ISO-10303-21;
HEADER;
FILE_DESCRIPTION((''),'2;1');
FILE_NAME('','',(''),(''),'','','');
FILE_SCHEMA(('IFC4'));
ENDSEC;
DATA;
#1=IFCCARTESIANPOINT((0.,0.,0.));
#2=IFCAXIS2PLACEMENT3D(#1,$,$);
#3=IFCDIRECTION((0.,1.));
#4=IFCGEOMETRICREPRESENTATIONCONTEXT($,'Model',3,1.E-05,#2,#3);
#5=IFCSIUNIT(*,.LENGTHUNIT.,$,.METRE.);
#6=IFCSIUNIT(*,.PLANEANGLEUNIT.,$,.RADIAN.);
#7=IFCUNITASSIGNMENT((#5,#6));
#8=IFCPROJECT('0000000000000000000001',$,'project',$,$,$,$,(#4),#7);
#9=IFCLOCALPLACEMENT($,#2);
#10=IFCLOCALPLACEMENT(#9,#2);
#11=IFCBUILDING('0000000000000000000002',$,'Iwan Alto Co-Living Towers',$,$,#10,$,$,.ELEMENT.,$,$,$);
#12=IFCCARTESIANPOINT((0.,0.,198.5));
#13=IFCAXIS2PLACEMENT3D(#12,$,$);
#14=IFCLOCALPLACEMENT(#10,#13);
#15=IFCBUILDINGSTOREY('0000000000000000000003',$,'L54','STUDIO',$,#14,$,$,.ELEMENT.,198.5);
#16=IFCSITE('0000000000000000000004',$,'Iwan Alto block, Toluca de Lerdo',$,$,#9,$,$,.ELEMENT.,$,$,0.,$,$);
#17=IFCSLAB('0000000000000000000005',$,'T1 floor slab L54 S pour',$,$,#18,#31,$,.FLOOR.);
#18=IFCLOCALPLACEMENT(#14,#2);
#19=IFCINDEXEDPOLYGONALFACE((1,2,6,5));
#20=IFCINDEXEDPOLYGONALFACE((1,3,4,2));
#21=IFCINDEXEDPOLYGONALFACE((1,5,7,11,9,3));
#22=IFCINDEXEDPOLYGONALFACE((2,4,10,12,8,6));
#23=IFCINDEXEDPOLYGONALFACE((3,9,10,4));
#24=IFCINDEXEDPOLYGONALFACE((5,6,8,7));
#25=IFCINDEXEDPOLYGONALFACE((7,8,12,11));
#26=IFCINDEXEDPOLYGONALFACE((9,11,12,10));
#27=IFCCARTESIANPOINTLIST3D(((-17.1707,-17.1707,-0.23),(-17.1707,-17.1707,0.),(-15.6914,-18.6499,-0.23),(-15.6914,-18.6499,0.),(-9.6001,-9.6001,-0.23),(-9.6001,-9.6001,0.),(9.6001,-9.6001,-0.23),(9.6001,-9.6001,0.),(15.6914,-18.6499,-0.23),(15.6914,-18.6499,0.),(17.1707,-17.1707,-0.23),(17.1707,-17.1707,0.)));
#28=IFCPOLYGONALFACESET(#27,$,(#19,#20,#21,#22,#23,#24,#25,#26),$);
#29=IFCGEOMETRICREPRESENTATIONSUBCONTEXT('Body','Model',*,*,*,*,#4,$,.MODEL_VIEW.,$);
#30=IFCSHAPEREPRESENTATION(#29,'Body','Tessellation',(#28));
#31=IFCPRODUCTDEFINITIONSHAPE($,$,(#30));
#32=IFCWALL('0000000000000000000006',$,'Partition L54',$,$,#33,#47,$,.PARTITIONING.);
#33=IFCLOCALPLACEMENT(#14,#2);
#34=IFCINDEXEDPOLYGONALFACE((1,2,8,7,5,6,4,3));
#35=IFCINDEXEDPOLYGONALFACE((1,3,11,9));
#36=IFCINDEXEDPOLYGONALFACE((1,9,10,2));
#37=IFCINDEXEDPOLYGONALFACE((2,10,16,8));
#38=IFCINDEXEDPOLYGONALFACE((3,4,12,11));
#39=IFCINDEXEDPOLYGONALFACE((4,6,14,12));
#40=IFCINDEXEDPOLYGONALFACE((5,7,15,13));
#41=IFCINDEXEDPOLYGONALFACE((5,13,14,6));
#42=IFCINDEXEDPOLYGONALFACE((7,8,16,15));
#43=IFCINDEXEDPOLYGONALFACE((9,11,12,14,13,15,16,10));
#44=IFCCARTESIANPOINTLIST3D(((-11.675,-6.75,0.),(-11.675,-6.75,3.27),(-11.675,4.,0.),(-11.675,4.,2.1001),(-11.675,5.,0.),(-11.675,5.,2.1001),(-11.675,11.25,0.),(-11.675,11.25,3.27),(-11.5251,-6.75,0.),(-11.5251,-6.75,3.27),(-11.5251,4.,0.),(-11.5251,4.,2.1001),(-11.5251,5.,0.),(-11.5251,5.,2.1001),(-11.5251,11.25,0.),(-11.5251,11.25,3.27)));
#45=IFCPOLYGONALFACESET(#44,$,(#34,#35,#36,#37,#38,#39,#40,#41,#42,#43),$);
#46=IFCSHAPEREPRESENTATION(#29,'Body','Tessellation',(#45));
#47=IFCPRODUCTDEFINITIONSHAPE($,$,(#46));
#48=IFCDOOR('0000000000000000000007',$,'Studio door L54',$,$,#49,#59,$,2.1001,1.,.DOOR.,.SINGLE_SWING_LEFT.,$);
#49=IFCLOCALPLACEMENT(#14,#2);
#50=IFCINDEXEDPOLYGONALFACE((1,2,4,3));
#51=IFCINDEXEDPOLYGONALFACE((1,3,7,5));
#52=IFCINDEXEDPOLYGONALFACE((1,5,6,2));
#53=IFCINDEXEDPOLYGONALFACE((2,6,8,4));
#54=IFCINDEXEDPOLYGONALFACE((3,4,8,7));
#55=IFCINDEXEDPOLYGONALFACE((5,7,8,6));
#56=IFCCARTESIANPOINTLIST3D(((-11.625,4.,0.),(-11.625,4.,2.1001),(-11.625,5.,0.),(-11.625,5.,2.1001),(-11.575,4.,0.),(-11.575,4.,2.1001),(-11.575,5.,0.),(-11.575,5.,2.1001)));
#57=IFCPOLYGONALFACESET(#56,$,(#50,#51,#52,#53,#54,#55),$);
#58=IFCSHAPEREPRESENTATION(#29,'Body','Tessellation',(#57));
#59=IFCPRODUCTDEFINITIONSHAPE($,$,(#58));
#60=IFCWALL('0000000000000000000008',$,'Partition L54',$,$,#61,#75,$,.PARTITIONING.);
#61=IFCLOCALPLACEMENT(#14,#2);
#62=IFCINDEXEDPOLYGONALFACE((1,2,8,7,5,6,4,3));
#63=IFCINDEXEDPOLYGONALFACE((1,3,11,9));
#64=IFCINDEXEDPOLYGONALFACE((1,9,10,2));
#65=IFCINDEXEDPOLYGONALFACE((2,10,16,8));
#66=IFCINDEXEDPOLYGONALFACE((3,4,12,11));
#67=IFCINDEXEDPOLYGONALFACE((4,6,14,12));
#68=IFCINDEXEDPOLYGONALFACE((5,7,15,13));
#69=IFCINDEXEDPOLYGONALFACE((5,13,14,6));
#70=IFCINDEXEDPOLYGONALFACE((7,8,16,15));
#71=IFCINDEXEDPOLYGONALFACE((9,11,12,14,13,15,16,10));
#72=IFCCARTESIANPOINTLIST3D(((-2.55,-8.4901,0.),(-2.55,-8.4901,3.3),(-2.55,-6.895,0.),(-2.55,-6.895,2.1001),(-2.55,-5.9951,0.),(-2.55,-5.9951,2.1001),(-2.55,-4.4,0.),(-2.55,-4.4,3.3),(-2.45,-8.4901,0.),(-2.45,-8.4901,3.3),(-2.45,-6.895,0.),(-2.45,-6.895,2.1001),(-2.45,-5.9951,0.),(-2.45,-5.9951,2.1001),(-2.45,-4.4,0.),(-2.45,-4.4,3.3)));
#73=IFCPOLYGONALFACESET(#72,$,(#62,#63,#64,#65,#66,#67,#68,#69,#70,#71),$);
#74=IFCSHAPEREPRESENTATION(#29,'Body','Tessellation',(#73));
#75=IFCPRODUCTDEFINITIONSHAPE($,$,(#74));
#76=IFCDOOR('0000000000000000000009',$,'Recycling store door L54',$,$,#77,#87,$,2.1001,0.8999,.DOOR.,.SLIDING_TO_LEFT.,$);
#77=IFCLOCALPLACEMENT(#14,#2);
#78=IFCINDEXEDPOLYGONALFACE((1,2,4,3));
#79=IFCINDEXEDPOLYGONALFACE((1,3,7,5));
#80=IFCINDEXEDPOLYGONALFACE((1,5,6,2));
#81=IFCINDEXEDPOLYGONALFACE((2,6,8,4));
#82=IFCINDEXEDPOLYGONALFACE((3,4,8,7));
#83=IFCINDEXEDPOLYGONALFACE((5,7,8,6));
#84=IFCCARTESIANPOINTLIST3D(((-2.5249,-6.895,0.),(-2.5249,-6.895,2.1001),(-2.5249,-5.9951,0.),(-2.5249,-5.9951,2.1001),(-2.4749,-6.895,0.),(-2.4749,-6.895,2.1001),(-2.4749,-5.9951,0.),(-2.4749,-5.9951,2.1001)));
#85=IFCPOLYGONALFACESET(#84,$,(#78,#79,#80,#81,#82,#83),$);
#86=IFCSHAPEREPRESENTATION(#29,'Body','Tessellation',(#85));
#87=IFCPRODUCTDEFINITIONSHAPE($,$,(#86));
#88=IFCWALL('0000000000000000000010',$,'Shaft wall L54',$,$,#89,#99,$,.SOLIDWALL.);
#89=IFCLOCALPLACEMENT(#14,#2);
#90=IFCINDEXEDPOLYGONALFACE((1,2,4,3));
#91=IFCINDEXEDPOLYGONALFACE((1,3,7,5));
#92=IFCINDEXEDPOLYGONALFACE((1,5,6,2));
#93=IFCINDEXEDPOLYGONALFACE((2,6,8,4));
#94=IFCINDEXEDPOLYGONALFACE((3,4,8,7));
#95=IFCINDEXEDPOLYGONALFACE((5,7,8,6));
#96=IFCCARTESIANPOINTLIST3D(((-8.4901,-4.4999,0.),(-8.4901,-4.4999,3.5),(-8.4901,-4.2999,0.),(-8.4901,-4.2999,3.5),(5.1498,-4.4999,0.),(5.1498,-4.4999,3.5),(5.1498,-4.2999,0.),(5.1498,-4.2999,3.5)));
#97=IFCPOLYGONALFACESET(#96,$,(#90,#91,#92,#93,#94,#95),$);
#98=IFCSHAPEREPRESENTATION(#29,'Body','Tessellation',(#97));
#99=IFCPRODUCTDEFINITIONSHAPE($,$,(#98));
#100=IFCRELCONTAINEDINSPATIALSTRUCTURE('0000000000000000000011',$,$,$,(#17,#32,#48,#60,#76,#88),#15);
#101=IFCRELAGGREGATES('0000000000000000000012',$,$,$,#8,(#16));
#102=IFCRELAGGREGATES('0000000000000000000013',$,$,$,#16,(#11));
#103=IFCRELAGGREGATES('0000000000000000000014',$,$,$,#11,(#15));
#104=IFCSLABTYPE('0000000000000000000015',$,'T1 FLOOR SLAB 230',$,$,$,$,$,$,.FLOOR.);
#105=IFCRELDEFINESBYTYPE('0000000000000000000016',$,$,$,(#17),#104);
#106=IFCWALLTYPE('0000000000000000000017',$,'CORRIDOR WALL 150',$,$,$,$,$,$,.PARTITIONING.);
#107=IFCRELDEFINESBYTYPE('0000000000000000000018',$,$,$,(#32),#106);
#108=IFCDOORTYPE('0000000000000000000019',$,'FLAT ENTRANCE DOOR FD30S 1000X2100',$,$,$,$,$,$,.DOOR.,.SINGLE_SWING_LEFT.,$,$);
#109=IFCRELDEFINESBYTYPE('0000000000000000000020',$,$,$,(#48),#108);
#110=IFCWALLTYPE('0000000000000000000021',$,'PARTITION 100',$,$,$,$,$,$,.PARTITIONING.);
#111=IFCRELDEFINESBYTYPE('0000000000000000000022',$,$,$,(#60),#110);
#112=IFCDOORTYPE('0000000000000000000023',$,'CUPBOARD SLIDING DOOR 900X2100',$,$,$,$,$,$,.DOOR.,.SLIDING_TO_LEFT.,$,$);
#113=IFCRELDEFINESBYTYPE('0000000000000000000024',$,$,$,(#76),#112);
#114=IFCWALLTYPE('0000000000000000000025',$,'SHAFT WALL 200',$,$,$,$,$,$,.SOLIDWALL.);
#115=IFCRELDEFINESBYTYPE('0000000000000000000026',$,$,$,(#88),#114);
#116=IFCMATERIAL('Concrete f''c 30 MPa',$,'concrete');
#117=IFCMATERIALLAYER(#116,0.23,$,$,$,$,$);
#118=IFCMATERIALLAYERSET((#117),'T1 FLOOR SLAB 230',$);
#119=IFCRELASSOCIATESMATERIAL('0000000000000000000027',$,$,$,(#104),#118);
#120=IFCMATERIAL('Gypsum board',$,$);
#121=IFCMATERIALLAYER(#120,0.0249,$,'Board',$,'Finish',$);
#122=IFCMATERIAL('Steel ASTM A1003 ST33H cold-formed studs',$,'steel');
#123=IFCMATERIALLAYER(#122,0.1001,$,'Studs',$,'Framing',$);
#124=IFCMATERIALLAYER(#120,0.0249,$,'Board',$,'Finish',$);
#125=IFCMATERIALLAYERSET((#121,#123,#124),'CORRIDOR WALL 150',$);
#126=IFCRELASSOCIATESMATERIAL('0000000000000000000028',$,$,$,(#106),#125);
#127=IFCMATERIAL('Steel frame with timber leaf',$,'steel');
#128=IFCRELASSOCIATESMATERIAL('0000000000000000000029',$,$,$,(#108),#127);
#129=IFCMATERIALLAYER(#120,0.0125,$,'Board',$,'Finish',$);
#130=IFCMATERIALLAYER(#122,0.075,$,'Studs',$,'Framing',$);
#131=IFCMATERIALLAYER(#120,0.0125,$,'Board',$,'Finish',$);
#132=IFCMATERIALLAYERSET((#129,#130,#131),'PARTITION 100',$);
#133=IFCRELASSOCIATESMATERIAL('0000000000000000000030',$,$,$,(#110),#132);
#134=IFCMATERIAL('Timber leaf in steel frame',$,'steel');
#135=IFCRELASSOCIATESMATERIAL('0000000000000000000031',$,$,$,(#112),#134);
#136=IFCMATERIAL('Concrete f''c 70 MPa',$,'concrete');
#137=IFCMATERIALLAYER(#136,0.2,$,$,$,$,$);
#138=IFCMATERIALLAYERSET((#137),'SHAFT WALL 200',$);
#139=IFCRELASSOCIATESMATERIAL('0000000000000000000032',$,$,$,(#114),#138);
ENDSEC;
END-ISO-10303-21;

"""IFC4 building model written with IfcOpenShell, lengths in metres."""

from ifc_helpers import new_model, si_unit, direction, frame, frame_2d, origin, place, context, subcontext, project, spatial, polyline, rectangle, outline, extrude, material, layer, layer_set, type_object, element, fill, save


model = new_model("IFC4")

# Units and contexts
model_context = context("Model", 3, precision=1e-05, world=origin(), true_north=direction((0.0, 1.0)))
body_context = subcontext(model_context, "Body", "Model", "MODEL_VIEW")
ifc_project = project(units=[si_unit("LENGTHUNIT", "METRE"), si_unit("PLANEANGLEUNIT", "RADIAN")], contexts=[model_context])

# Site, building, storey
site_placement = place(None, origin())
site = spatial("IfcSite", under=ifc_project, at=site_placement, Name="Iwan Alto block, Toluca de Lerdo", CompositionType="ELEMENT", RefElevation=0.0)
building_placement = place(site_placement, origin())
building = spatial("IfcBuilding", under=site, at=building_placement, Name="Iwan Alto Co-Living Towers", CompositionType="ELEMENT")
storey_placement = place(building_placement, frame((0.0, 0.0, 198.5)))
storey = spatial("IfcBuildingStorey", under=building, at=storey_placement, Name="L54", Description="STUDIO", CompositionType="ELEMENT", Elevation=198.5)

# Slab
ifc_material_1 = material(Name="Concrete f'c 30 MPa", Category="concrete")
ifc_layer_1 = layer(ifc_material_1, 0.23)
ifc_layer_set_1 = layer_set([ifc_layer_1], Name="T1 FLOOR SLAB 230")
slab_type = type_object("IfcSlabType", Name="T1 FLOOR SLAB 230", PredefinedType="FLOOR", material=ifc_layer_set_1)
slab_placement = place(storey_placement, frame((0.0, 0.0, -0.23)))
element("IfcSlab", 1, at=slab_placement, inside=storey, type_object=slab_type, Name="T1 floor slab L54 S pour", PredefinedType="FLOOR", context=body_context, shape_type="SweptSolid", body=[
    extrude(outline(polyline([(15.6914, -18.6499), (-15.6914, -18.6499), (-17.1707, -17.1707), (-9.6001, -9.6001), (9.6001, -9.6001), (17.1707, -17.1707), (15.6914, -18.6499)])), origin(), (0.0, 0.0, 1.0), 0.23),
])

# Walls, openings, doors
ifc_material_2 = material(Name="Gypsum board")
ifc_layer_2 = layer(ifc_material_2, 0.0249, Name="Board", Category="Finish")
ifc_material_3 = material(Name="Steel ASTM A1003 ST33H cold-formed studs", Category="steel")
ifc_layer_3 = layer(ifc_material_3, 0.1001, Name="Studs", Category="Framing")
ifc_layer_4 = layer(ifc_material_2, 0.0249, Name="Board", Category="Finish")
ifc_layer_set_2 = layer_set([ifc_layer_2, ifc_layer_3, ifc_layer_4], Name="CORRIDOR WALL 150")
wall_type_1 = type_object("IfcWallType", Name="CORRIDOR WALL 150", PredefinedType="PARTITIONING", material=ifc_layer_set_2)
wall_1_placement = place(storey_placement, frame((-11.6001, -6.75, 0.0), z_axis=(0.0, 0.0, 1.0), x_axis=(0.0, 1.0, 0.0)))
wall_1 = element("IfcWall", 2, at=wall_1_placement, inside=storey, type_object=wall_type_1, Name="Partition L54", PredefinedType="PARTITIONING", context=body_context, shape_type="SweptSolid", body=[
    extrude(rectangle(XDim=18.0, YDim=0.1499, at=frame_2d((9.0, 0.0))), origin(), (0.0, 0.0, 1.0), 3.27),
])
opening_1_placement = place(wall_1_placement, frame((10.75, 0.0, 0.0)))
opening_1 = element("IfcOpeningElement", 3, at=opening_1_placement, cuts=wall_1, PredefinedType="OPENING", context=body_context, shape_type="SweptSolid", body=[
    extrude(rectangle(XDim=1.0, YDim=2.1001, at=frame_2d((0.5, 1.05))), frame((0.0, 0.085, 0.0), z_axis=(0.0, -1.0, 0.0), x_axis=(1.0, 0.0, 0.0)), (0.0, 0.0, 1.0), 0.1699),
])
ifc_material_4 = material(Name="Steel frame with timber leaf", Category="steel")
door_type_1 = type_object("IfcDoorType", Name="FLAT ENTRANCE DOOR FD30S 1000X2100", OperationType="SINGLE_SWING_LEFT", PredefinedType="DOOR", material=ifc_material_4)
door_1_placement = place(opening_1_placement, origin())
door_1 = element("IfcDoor", 4, at=door_1_placement, inside=storey, type_object=door_type_1, Name="Studio door L54", OperationType="SINGLE_SWING_LEFT", OverallHeight=2.1001, OverallWidth=1.0, PredefinedType="DOOR", context=body_context, shape_type="SweptSolid", body=[
    extrude(rectangle(XDim=1.0, YDim=2.1001, at=frame_2d((0.5, 1.05))), frame((0.0, 0.0249, 0.0), z_axis=(0.0, -1.0, 0.0), x_axis=(1.0, 0.0, 0.0)), (0.0, 0.0, 1.0), 0.05),
])
fill(opening_1, door_1)
ifc_layer_5 = layer(ifc_material_2, 0.0125, Name="Board", Category="Finish")
ifc_layer_6 = layer(ifc_material_3, 0.075, Name="Studs", Category="Framing")
ifc_layer_7 = layer(ifc_material_2, 0.0125, Name="Board", Category="Finish")
ifc_layer_set_3 = layer_set([ifc_layer_5, ifc_layer_6, ifc_layer_7], Name="PARTITION 100")
wall_type_2 = type_object("IfcWallType", Name="PARTITION 100", PredefinedType="PARTITIONING", material=ifc_layer_set_3)
wall_2_placement = place(storey_placement, frame((-2.5, -8.49, 0.0), z_axis=(0.0, 0.0, 1.0), x_axis=(0.0, 1.0, 0.0)))
wall_2 = element("IfcWall", 5, at=wall_2_placement, inside=storey, type_object=wall_type_2, Name="Partition L54", PredefinedType="PARTITIONING", context=body_context, shape_type="SweptSolid", body=[
    extrude(rectangle(XDim=4.0901, YDim=0.1001, at=frame_2d((2.0449, 0.0))), origin(), (0.0, 0.0, 1.0), 3.3),
])
opening_2_placement = place(wall_2_placement, frame((1.595, 0.0, 0.0)))
opening_2 = element("IfcOpeningElement", 6, at=opening_2_placement, cuts=wall_2, PredefinedType="OPENING", context=body_context, shape_type="SweptSolid", body=[
    extrude(rectangle(XDim=0.8999, YDim=2.1001, at=frame_2d((0.45, 1.05))), frame((0.0, 0.0601, 0.0), z_axis=(0.0, -1.0, 0.0), x_axis=(1.0, 0.0, 0.0)), (0.0, 0.0, 1.0), 0.1201),
])
ifc_material_5 = material(Name="Timber leaf in steel frame", Category="steel")
door_type_2 = type_object("IfcDoorType", Name="CUPBOARD SLIDING DOOR 900X2100", OperationType="SLIDING_TO_LEFT", PredefinedType="DOOR", material=ifc_material_5)
door_2_placement = place(opening_2_placement, origin())
door_2 = element("IfcDoor", 7, at=door_2_placement, inside=storey, type_object=door_type_2, Name="Recycling store door L54", OperationType="SLIDING_TO_LEFT", OverallHeight=2.1001, OverallWidth=0.8999, PredefinedType="DOOR", context=body_context, shape_type="SweptSolid", body=[
    extrude(rectangle(XDim=0.8999, YDim=2.1001, at=frame_2d((0.45, 1.05))), frame((0.0, 0.0249, 0.0), z_axis=(0.0, -1.0, 0.0), x_axis=(1.0, 0.0, 0.0)), (0.0, 0.0, 1.0), 0.05),
])
fill(opening_2, door_2)

# Wall
ifc_material_6 = material(Name="Concrete f'c 70 MPa", Category="concrete")
ifc_layer_8 = layer(ifc_material_6, 0.2)
ifc_layer_set_4 = layer_set([ifc_layer_8], Name="SHAFT WALL 200")
wall_type_3 = type_object("IfcWallType", Name="SHAFT WALL 200", PredefinedType="SOLIDWALL", material=ifc_layer_set_4)
wall_3_placement = place(storey_placement, frame((-8.49, -4.3999, 0.0), z_axis=(0.0, 0.0, 1.0), x_axis=(1.0, 0.0, 0.0)))
element("IfcWall", 8, at=wall_3_placement, inside=storey, type_object=wall_type_3, Name="Shaft wall L54", PredefinedType="SOLIDWALL", context=body_context, shape_type="SweptSolid", body=[
    extrude(rectangle(XDim=13.6399, YDim=0.2, at=frame_2d((6.8198, 0.0))), origin(), (0.0, 0.0, 1.0), 3.5),
])

save(model, "model.ifc")
